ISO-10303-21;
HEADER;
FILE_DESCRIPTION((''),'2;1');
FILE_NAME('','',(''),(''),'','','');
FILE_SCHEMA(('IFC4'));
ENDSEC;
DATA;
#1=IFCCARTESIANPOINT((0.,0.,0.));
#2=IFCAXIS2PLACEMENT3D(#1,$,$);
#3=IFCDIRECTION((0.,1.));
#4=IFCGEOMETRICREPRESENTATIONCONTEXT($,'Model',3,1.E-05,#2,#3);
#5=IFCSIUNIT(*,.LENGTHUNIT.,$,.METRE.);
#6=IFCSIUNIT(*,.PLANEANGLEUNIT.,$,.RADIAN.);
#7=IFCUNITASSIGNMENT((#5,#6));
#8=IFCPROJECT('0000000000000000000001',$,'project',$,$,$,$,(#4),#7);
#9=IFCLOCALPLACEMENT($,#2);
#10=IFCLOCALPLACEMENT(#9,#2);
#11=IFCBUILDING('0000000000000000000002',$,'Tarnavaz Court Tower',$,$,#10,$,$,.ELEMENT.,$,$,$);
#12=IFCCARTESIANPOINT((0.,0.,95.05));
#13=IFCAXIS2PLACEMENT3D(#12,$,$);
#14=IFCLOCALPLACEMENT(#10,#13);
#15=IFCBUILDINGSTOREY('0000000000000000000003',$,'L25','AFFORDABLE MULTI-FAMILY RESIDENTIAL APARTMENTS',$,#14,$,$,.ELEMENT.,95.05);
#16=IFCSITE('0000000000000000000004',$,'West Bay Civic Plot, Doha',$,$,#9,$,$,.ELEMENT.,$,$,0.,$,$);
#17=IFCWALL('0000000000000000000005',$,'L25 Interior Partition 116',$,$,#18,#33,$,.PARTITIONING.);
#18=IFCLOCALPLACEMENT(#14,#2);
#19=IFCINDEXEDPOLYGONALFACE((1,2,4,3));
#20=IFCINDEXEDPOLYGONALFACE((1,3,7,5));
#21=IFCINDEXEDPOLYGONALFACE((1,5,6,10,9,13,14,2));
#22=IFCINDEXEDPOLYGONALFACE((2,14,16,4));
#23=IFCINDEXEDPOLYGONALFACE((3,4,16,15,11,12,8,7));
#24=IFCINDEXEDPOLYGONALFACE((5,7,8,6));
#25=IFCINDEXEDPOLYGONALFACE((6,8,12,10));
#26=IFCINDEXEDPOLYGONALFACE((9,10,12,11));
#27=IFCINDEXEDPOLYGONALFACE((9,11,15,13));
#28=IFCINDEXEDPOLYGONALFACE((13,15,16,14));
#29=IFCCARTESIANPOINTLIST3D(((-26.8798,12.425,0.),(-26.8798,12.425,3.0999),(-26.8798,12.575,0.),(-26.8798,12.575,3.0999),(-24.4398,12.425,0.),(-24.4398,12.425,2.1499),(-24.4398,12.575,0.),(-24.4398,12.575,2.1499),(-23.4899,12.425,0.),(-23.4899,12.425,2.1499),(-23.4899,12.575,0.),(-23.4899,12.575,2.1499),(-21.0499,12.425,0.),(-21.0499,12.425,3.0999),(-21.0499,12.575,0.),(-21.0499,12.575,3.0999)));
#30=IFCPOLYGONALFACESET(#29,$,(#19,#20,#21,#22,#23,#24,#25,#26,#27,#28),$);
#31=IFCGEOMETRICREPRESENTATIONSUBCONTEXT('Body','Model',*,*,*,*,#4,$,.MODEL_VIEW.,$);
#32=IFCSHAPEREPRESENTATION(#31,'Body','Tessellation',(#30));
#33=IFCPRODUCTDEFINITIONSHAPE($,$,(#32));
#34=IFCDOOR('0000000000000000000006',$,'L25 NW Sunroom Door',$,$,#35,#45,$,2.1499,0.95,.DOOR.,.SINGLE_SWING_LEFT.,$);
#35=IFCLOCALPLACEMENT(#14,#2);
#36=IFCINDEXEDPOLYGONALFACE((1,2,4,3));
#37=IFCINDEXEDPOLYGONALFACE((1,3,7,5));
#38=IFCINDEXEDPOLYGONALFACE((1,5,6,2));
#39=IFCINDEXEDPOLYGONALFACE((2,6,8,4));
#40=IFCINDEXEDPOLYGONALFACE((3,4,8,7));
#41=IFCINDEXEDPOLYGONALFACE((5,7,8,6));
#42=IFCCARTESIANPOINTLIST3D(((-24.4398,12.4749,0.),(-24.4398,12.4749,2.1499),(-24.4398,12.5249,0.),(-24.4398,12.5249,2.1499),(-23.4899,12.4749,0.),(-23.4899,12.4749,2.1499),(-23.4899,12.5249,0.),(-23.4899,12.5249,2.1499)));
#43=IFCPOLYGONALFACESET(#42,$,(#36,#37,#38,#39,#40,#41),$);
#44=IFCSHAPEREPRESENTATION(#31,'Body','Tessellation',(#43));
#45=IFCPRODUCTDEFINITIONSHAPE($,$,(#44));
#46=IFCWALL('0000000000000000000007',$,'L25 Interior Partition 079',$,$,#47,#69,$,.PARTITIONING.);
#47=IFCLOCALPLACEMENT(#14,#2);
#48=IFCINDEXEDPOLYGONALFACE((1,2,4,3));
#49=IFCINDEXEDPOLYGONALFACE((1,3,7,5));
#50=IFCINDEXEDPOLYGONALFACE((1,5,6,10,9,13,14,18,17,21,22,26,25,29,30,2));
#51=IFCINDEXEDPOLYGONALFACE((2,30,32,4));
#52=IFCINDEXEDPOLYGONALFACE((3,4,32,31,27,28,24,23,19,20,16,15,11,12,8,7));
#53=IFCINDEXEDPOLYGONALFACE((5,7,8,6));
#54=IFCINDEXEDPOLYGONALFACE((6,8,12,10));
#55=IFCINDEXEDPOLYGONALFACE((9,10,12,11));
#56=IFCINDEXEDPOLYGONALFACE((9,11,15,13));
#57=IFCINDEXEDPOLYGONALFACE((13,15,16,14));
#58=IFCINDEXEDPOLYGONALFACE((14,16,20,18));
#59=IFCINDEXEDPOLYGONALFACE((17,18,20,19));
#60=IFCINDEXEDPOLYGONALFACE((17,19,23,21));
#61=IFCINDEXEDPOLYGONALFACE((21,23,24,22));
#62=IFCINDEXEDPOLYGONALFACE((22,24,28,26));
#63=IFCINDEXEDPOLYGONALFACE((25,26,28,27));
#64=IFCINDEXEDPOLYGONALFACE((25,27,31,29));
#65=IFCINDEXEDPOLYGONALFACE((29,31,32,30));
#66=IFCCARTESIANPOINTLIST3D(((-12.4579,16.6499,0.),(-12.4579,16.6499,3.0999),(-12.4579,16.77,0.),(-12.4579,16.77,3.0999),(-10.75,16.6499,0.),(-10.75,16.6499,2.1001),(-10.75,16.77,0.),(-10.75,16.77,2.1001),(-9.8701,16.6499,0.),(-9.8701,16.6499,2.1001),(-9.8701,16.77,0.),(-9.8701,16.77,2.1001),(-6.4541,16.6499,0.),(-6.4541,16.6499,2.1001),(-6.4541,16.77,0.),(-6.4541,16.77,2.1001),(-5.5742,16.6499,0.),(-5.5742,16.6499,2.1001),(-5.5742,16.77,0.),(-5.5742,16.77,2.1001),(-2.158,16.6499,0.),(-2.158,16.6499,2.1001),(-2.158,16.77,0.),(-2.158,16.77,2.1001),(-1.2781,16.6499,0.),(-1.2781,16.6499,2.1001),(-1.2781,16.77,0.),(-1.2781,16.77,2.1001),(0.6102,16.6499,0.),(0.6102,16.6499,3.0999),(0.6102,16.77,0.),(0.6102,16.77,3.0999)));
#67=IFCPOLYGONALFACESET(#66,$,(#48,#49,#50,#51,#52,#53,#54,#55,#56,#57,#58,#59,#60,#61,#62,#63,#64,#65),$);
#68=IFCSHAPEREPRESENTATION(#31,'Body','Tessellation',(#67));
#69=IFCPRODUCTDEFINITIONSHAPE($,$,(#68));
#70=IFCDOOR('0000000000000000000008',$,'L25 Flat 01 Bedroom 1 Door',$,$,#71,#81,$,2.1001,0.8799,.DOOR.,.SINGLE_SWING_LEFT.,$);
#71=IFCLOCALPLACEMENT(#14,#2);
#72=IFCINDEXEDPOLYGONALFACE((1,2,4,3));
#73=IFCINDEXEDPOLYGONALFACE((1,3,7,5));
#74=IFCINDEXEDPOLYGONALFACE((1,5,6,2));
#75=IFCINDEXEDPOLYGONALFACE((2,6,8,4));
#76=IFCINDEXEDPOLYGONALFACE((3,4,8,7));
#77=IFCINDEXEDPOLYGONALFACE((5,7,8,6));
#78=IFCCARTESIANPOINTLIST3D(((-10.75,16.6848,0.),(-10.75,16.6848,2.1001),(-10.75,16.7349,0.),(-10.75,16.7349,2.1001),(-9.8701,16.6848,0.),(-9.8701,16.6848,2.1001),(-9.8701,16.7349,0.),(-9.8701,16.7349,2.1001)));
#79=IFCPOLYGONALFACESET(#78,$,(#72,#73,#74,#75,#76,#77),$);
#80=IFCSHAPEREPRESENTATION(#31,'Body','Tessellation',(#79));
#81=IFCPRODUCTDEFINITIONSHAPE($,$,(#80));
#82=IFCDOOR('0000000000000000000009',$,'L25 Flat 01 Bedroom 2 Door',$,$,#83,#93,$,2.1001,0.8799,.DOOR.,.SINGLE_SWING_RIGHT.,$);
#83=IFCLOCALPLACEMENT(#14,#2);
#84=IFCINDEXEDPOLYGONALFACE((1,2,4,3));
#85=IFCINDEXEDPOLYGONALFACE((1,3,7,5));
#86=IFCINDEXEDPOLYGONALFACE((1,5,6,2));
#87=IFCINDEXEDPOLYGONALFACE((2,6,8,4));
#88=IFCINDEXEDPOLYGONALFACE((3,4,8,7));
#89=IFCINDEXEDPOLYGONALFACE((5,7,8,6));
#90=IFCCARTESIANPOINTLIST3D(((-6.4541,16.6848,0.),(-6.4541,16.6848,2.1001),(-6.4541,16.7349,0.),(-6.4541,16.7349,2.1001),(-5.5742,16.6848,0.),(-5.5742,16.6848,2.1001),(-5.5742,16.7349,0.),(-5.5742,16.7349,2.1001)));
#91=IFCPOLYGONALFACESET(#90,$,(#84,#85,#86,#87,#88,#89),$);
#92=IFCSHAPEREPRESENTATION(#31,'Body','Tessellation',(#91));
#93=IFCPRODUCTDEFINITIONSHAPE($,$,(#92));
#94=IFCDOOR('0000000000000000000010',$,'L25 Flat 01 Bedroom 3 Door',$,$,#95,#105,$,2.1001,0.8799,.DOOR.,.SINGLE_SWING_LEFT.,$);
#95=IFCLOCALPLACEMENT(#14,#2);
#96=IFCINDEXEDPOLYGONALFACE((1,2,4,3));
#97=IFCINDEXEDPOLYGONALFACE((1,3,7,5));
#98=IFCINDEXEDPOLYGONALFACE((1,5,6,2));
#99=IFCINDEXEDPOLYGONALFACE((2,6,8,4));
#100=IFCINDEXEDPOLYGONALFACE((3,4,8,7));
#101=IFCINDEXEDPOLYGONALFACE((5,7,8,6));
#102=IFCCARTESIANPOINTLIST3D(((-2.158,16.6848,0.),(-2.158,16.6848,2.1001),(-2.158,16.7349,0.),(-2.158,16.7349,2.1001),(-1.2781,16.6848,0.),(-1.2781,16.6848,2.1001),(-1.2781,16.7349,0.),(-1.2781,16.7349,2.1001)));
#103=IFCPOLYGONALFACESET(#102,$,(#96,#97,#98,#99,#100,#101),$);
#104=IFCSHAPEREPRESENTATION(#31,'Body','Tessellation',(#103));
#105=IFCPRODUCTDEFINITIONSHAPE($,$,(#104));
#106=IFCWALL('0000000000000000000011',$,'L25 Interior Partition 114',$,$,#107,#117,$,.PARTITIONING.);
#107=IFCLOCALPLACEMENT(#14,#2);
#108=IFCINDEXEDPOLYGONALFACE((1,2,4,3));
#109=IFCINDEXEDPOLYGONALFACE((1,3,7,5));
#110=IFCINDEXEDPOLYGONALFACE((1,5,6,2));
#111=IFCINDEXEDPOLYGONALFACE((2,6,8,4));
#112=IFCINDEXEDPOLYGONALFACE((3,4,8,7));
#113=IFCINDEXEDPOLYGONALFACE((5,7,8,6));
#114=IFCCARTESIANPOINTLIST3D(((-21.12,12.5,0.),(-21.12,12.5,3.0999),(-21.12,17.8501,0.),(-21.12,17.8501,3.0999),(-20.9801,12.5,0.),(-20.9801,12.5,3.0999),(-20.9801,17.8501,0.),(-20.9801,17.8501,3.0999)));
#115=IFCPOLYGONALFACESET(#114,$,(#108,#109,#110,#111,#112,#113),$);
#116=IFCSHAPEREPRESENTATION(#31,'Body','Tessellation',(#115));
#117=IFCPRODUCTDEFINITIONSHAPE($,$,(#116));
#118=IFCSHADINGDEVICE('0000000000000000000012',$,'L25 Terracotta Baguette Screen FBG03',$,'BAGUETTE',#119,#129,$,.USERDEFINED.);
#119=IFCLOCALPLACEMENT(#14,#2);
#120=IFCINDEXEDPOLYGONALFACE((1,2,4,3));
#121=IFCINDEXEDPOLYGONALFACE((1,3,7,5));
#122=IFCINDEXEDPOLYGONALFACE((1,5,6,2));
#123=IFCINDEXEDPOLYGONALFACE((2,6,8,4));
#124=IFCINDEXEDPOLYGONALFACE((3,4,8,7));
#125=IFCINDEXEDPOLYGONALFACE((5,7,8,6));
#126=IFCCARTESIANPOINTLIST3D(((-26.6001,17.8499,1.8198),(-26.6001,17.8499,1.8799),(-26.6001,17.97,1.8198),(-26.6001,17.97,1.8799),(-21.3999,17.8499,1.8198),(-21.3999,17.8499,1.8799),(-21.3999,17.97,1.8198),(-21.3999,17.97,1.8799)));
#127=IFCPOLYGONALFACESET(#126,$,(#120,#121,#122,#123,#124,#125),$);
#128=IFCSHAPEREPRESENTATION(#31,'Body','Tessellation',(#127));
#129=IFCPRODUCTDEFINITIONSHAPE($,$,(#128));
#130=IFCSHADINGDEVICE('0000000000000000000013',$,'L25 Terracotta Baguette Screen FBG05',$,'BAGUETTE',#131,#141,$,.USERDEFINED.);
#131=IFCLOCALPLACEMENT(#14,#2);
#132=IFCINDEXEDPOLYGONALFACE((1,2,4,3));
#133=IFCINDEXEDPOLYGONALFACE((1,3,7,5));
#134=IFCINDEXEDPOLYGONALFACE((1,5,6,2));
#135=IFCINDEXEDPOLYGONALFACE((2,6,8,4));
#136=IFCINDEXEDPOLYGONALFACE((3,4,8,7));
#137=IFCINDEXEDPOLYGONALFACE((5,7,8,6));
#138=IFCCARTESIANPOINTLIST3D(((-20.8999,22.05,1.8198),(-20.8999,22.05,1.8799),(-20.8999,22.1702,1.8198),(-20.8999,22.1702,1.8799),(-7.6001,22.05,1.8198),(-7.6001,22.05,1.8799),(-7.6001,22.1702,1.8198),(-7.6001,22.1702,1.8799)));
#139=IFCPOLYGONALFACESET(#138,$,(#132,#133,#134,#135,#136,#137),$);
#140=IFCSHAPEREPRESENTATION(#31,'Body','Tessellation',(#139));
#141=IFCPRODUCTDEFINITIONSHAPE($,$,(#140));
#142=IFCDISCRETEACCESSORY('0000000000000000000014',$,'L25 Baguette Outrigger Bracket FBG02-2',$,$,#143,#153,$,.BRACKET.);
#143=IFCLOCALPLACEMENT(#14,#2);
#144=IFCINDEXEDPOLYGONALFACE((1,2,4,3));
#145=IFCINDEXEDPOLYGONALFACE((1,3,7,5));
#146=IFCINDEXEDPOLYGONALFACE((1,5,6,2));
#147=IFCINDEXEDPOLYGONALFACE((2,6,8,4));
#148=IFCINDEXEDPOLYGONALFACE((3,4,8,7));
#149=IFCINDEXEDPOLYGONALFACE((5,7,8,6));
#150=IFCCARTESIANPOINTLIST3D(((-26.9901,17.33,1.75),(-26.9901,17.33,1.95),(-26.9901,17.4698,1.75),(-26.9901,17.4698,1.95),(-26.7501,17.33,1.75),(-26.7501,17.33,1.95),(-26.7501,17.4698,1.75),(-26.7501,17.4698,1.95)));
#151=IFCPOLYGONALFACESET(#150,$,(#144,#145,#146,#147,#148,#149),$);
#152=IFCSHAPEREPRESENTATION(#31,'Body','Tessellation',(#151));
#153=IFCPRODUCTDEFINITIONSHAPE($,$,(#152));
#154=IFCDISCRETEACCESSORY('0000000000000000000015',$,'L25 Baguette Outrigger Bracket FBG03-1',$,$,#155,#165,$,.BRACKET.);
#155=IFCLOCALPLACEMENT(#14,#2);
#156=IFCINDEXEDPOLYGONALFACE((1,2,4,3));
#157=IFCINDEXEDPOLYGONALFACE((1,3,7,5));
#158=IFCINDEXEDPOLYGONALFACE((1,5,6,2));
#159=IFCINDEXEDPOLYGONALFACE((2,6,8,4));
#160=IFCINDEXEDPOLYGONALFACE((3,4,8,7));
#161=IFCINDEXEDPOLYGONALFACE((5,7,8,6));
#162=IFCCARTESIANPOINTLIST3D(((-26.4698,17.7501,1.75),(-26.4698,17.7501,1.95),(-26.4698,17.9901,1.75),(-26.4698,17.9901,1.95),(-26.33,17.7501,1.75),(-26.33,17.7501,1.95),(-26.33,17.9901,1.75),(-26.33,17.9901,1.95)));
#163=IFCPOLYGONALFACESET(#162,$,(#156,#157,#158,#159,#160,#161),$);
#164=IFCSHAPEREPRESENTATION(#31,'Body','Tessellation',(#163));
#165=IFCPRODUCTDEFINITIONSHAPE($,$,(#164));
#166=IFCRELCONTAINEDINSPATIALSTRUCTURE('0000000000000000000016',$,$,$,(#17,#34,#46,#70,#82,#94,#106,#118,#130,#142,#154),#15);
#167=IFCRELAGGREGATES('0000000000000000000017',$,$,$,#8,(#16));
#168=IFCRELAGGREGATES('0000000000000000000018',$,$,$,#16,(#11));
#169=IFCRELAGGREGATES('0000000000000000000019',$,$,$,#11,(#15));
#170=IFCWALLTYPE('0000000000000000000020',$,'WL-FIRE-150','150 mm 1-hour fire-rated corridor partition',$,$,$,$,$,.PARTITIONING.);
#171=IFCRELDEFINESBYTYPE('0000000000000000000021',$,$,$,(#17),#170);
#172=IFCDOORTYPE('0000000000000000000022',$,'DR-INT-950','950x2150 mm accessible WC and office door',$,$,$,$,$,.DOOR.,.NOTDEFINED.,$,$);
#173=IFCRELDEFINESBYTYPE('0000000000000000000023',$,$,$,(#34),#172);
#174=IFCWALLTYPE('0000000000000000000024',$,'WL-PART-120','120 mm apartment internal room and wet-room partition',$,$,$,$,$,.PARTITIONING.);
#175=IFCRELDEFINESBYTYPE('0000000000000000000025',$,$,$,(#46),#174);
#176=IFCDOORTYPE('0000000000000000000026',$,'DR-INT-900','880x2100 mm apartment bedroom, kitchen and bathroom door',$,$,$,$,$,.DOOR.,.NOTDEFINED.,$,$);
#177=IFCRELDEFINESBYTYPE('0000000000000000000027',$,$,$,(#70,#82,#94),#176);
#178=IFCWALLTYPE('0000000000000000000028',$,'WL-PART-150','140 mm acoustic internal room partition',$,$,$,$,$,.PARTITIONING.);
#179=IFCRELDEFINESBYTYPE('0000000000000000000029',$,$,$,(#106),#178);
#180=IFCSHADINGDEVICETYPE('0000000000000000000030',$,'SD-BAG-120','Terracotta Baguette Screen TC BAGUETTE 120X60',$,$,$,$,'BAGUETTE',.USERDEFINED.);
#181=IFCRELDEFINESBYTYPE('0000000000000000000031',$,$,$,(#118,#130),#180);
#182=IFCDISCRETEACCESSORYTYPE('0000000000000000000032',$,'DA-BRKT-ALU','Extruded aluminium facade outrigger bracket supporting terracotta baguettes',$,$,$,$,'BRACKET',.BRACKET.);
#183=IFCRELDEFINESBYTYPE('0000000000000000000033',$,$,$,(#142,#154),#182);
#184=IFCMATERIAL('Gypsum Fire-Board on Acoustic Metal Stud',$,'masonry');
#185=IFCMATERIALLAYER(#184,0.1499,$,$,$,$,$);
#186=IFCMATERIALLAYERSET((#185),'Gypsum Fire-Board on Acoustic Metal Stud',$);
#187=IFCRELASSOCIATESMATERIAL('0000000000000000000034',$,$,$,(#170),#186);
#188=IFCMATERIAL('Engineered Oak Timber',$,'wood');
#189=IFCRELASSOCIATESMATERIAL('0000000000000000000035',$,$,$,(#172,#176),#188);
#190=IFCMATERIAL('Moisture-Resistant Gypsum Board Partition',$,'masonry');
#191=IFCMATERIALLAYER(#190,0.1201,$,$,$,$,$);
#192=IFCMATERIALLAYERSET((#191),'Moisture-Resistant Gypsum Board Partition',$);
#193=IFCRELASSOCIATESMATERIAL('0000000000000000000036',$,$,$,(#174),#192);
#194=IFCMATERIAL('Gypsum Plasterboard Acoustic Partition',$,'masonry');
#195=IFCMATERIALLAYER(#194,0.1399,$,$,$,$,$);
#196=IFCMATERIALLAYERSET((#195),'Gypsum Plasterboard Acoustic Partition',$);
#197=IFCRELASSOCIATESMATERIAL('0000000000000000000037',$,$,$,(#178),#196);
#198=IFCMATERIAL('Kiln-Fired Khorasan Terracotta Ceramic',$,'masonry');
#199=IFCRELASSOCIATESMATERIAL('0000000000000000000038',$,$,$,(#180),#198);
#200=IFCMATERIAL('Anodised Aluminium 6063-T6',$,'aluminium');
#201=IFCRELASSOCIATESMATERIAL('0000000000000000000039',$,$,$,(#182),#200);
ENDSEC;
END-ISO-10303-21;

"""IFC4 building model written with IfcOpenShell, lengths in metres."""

from ifc_helpers import new_model, si_unit, direction, frame, frame_2d, origin, origin_2d, place, context, subcontext, project, spatial, rectangle, extrude, material, layer, layer_set, material_profile, profile_set, type_object, element, fill, save


model = new_model("IFC4")

# Units and contexts
model_context = context("Model", 3, precision=1e-05, world=origin(), true_north=direction((0.0, 1.0)))
body_context = subcontext(model_context, "Body", "Model", "MODEL_VIEW")
ifc_project = project(units=[si_unit("LENGTHUNIT", "METRE"), si_unit("PLANEANGLEUNIT", "RADIAN")], contexts=[model_context])

# Site, building, storey
site_placement = place(None, origin())
site = spatial("IfcSite", under=ifc_project, at=site_placement, Name="West Bay Civic Plot, Doha", CompositionType="ELEMENT", RefElevation=0.0)
building_placement = place(site_placement, origin())
building = spatial("IfcBuilding", under=site, at=building_placement, Name="Tarnavaz Court Tower", CompositionType="ELEMENT")
storey_placement = place(building_placement, frame((0.0, 0.0, 95.05)))
storey = spatial("IfcBuildingStorey", under=building, at=storey_placement, Name="L25", Description="AFFORDABLE MULTI-FAMILY RESIDENTIAL APARTMENTS", CompositionType="ELEMENT", Elevation=95.05)

# Wall, opening, door
ifc_material_1 = material(Name="Gypsum Fire-Board on Acoustic Metal Stud", Category="masonry")
ifc_layer_1 = layer(ifc_material_1, 0.1499)
ifc_layer_set_1 = layer_set([ifc_layer_1], Name="Gypsum Fire-Board on Acoustic Metal Stud")
wall_type_1 = type_object("IfcWallType", Name="WL-FIRE-150", Description="150 mm 1-hour fire-rated corridor partition", PredefinedType="PARTITIONING", material=ifc_layer_set_1)
wall_1_placement = place(storey_placement, frame((-26.8799, 12.5, 0.0), z_axis=(0.0, 0.0, 1.0), x_axis=(1.0, 0.0, 0.0)))
wall_1 = element("IfcWall", 1, at=wall_1_placement, inside=storey, type_object=wall_type_1, Name="L25 Interior Partition 116", PredefinedType="PARTITIONING", context=body_context, shape_type="SweptSolid", body=[
    extrude(rectangle(XDim=5.8298, YDim=0.1499, at=frame_2d((2.915, 0.0))), origin(), (0.0, 0.0, 1.0), 3.0999),
])
opening_1_placement = place(wall_1_placement, frame((2.4399, 0.0, 0.0)))
opening_1 = element("IfcOpeningElement", 2, at=opening_1_placement, cuts=wall_1, PredefinedType="OPENING", context=body_context, shape_type="SweptSolid", body=[
    extrude(rectangle(XDim=0.95, YDim=2.1499, at=frame_2d((0.4751, 1.075))), frame((0.0, 0.085, 0.0), z_axis=(0.0, -1.0, 0.0), x_axis=(1.0, 0.0, 0.0)), (0.0, 0.0, 1.0), 0.1699),
])
ifc_material_2 = material(Name="Engineered Oak Timber", Category="wood")
door_type_1 = type_object("IfcDoorType", Name="DR-INT-950", Description="950x2150 mm accessible WC and office door", OperationType="NOTDEFINED", PredefinedType="DOOR", material=ifc_material_2)
door_1_placement = place(opening_1_placement, origin())
door_1 = element("IfcDoor", 3, at=door_1_placement, inside=storey, type_object=door_type_1, Name="L25 NW Sunroom Door", OperationType="SINGLE_SWING_LEFT", OverallHeight=2.1499, OverallWidth=0.95, PredefinedType="DOOR", context=body_context, shape_type="SweptSolid", body=[
    extrude(rectangle(XDim=0.95, YDim=2.1499, at=frame_2d((0.4751, 1.075))), frame((0.0, 0.0249, 0.0), z_axis=(0.0, -1.0, 0.0), x_axis=(1.0, 0.0, 0.0)), (0.0, 0.0, 1.0), 0.05),
])
fill(opening_1, door_1)

# Wall, openings, doors
ifc_material_3 = material(Name="Moisture-Resistant Gypsum Board Partition", Category="masonry")
ifc_layer_2 = layer(ifc_material_3, 0.1201)
ifc_layer_set_2 = layer_set([ifc_layer_2], Name="Moisture-Resistant Gypsum Board Partition")
wall_type_2 = type_object("IfcWallType", Name="WL-PART-120", Description="120 mm apartment internal room and wet-room partition", PredefinedType="PARTITIONING", material=ifc_layer_set_2)
wall_2_placement = place(storey_placement, frame((-12.458, 16.71, 0.0), z_axis=(0.0, 0.0, 1.0), x_axis=(1.0, 0.0, 0.0)))
wall_2 = element("IfcWall", 4, at=wall_2_placement, inside=storey, type_object=wall_type_2, Name="L25 Interior Partition 079", PredefinedType="PARTITIONING", context=body_context, shape_type="SweptSolid", body=[
    extrude(rectangle(XDim=13.0681, YDim=0.1201, at=frame_2d((6.5342, 0.0))), origin(), (0.0, 0.0, 1.0), 3.0999),
])
opening_2_placement = place(wall_2_placement, frame((1.708, 0.0, 0.0)))
opening_2 = element("IfcOpeningElement", 5, at=opening_2_placement, cuts=wall_2, PredefinedType="OPENING", context=body_context, shape_type="SweptSolid", body=[
    extrude(rectangle(XDim=0.8799, YDim=2.1001, at=frame_2d((0.4399, 1.05))), frame((0.0, 0.0701, 0.0), z_axis=(0.0, -1.0, 0.0), x_axis=(1.0, 0.0, 0.0)), (0.0, 0.0, 1.0), 0.1401),
])
opening_3_placement = place(wall_2_placement, frame((6.0039, 0.0, 0.0)))
opening_3 = element("IfcOpeningElement", 6, at=opening_3_placement, cuts=wall_2, PredefinedType="OPENING", context=body_context, shape_type="SweptSolid", body=[
    extrude(rectangle(XDim=0.8799, YDim=2.1001, at=frame_2d((0.4399, 1.05))), frame((0.0, 0.0701, 0.0), z_axis=(0.0, -1.0, 0.0), x_axis=(1.0, 0.0, 0.0)), (0.0, 0.0, 1.0), 0.1401),
])
opening_4_placement = place(wall_2_placement, frame((10.3, 0.0, 0.0)))
opening_4 = element("IfcOpeningElement", 7, at=opening_4_placement, cuts=wall_2, PredefinedType="OPENING", context=body_context, shape_type="SweptSolid", body=[
    extrude(rectangle(XDim=0.8799, YDim=2.1001, at=frame_2d((0.4399, 1.05))), frame((0.0, 0.0701, 0.0), z_axis=(0.0, -1.0, 0.0), x_axis=(1.0, 0.0, 0.0)), (0.0, 0.0, 1.0), 0.1401),
])
door_type_2 = type_object("IfcDoorType", Name="DR-INT-900", Description="880x2100 mm apartment bedroom, kitchen and bathroom door", OperationType="NOTDEFINED", PredefinedType="DOOR", material=ifc_material_2)
door_2_placement = place(opening_2_placement, origin())
door_2 = element("IfcDoor", 8, at=door_2_placement, inside=storey, type_object=door_type_2, Name="L25 Flat 01 Bedroom 1 Door", OperationType="SINGLE_SWING_LEFT", OverallHeight=2.1001, OverallWidth=0.8799, PredefinedType="DOOR", context=body_context, shape_type="SweptSolid", body=[
    extrude(rectangle(XDim=0.8799, YDim=2.1001, at=frame_2d((0.4399, 1.05))), frame((0.0, 0.0249, 0.0), z_axis=(0.0, -1.0, 0.0), x_axis=(1.0, 0.0, 0.0)), (0.0, 0.0, 1.0), 0.05),
])
fill(opening_2, door_2)
door_3_placement = place(opening_3_placement, origin())
door_3 = element("IfcDoor", 9, at=door_3_placement, inside=storey, type_object=door_type_2, Name="L25 Flat 01 Bedroom 2 Door", OperationType="SINGLE_SWING_RIGHT", OverallHeight=2.1001, OverallWidth=0.8799, PredefinedType="DOOR", context=body_context, shape_type="SweptSolid", body=[
    extrude(rectangle(XDim=0.8799, YDim=2.1001, at=frame_2d((0.4399, 1.05))), frame((0.0, 0.0249, 0.0), z_axis=(0.0, -1.0, 0.0), x_axis=(1.0, 0.0, 0.0)), (0.0, 0.0, 1.0), 0.05),
])
fill(opening_3, door_3)
door_4_placement = place(opening_4_placement, origin())
door_4 = element("IfcDoor", 10, at=door_4_placement, inside=storey, type_object=door_type_2, Name="L25 Flat 01 Bedroom 3 Door", OperationType="SINGLE_SWING_LEFT", OverallHeight=2.1001, OverallWidth=0.8799, PredefinedType="DOOR", context=body_context, shape_type="SweptSolid", body=[
    extrude(rectangle(XDim=0.8799, YDim=2.1001, at=frame_2d((0.4399, 1.05))), frame((0.0, 0.0249, 0.0), z_axis=(0.0, -1.0, 0.0), x_axis=(1.0, 0.0, 0.0)), (0.0, 0.0, 1.0), 0.05),
])
fill(opening_4, door_4)

# Wall
ifc_material_4 = material(Name="Gypsum Plasterboard Acoustic Partition", Category="masonry")
ifc_layer_3 = layer(ifc_material_4, 0.1399)
ifc_layer_set_3 = layer_set([ifc_layer_3], Name="Gypsum Plasterboard Acoustic Partition")
wall_type_3 = type_object("IfcWallType", Name="WL-PART-150", Description="140 mm acoustic internal room partition", PredefinedType="PARTITIONING", material=ifc_layer_set_3)
wall_3_placement = place(storey_placement, frame((-21.05, 12.5, 0.0), z_axis=(0.0, 0.0, 1.0), x_axis=(0.0, 1.0, 0.0)))
element("IfcWall", 11, at=wall_3_placement, inside=storey, type_object=wall_type_3, Name="L25 Interior Partition 114", PredefinedType="PARTITIONING", context=body_context, shape_type="SweptSolid", body=[
    extrude(rectangle(XDim=5.3501, YDim=0.1399, at=frame_2d((2.675, 0.0))), origin(), (0.0, 0.0, 1.0), 3.0999),
])

# Shading devices
ifc_material_5 = material(Name="Kiln-Fired Khorasan Terracotta Ceramic", Category="masonry")
ifc_material_profile_1 = material_profile(ifc_material_5, rectangle(XDim=0.1201, YDim=0.0601, at=origin_2d()), Name="TC BAGUETTE 120X60")
ifc_profile_set_1 = profile_set([ifc_material_profile_1], Name="Kiln-Fired Khorasan Terracotta Ceramic")
shading_device_type = type_object("IfcShadingDeviceType", Name="SD-BAG-120", Description="Terracotta Baguette Screen TC BAGUETTE 120X60", ElementType="BAGUETTE", PredefinedType="USERDEFINED", material=ifc_profile_set_1)
shading_device_1_placement = place(storey_placement, frame((-26.6001, 17.9099, 1.8499), z_axis=(1.0, 0.0, 0.0), x_axis=(0.0, 1.0, 0.0)))
element("IfcShadingDevice", 12, at=shading_device_1_placement, inside=storey, type_object=shading_device_type, Name="L25 Terracotta Baguette Screen FBG03", ObjectType="BAGUETTE", PredefinedType="USERDEFINED", context=body_context, shape_type="SweptSolid", body=[
    extrude(rectangle(XDim=0.1201, YDim=0.0601, at=origin_2d()), origin(), (0.0, 0.0, 1.0), 5.2002),
])
shading_device_2_placement = place(storey_placement, frame((-20.8999, 22.1101, 1.8499), z_axis=(1.0, 0.0, 0.0), x_axis=(0.0, 1.0, 0.0)))
element("IfcShadingDevice", 13, at=shading_device_2_placement, inside=storey, type_object=shading_device_type, Name="L25 Terracotta Baguette Screen FBG05", ObjectType="BAGUETTE", PredefinedType="USERDEFINED", context=body_context, shape_type="SweptSolid", body=[
    extrude(rectangle(XDim=0.1201, YDim=0.0601, at=origin_2d()), origin(), (0.0, 0.0, 1.0), 13.2998),
])

# Discrete accessories
ifc_material_6 = material(Name="Anodised Aluminium 6063-T6", Category="aluminium")
discrete_accessory_type = type_object("IfcDiscreteAccessoryType", Name="DA-BRKT-ALU", Description="Extruded aluminium facade outrigger bracket supporting terracotta baguettes", ElementType="BRACKET", PredefinedType="BRACKET", material=ifc_material_6)
for number, where, z_axis, x_axis, name in (
    (14, (-26.8701, 17.3999, 1.75), (0.0, 0.0, 1.0), (0.0, 1.0, 0.0), "L25 Baguette Outrigger Bracket FBG02-2"),
    (15, (-26.3999, 17.8701, 1.75), (0.0, 0.0, 1.0), (1.0, 0.0, 0.0), "L25 Baguette Outrigger Bracket FBG03-1"),
):
    element("IfcDiscreteAccessory", number, at=place(storey_placement, frame(where, z_axis=z_axis, x_axis=x_axis)), inside=storey, type_object=discrete_accessory_type, Name=name, PredefinedType="BRACKET", context=body_context, shape_type="SweptSolid", body=[
        extrude(rectangle(XDim=0.1399, YDim=0.24, at=origin_2d()), origin(), (0.0, 0.0, 1.0), 0.2),
    ])

save(model, "model.ifc")
